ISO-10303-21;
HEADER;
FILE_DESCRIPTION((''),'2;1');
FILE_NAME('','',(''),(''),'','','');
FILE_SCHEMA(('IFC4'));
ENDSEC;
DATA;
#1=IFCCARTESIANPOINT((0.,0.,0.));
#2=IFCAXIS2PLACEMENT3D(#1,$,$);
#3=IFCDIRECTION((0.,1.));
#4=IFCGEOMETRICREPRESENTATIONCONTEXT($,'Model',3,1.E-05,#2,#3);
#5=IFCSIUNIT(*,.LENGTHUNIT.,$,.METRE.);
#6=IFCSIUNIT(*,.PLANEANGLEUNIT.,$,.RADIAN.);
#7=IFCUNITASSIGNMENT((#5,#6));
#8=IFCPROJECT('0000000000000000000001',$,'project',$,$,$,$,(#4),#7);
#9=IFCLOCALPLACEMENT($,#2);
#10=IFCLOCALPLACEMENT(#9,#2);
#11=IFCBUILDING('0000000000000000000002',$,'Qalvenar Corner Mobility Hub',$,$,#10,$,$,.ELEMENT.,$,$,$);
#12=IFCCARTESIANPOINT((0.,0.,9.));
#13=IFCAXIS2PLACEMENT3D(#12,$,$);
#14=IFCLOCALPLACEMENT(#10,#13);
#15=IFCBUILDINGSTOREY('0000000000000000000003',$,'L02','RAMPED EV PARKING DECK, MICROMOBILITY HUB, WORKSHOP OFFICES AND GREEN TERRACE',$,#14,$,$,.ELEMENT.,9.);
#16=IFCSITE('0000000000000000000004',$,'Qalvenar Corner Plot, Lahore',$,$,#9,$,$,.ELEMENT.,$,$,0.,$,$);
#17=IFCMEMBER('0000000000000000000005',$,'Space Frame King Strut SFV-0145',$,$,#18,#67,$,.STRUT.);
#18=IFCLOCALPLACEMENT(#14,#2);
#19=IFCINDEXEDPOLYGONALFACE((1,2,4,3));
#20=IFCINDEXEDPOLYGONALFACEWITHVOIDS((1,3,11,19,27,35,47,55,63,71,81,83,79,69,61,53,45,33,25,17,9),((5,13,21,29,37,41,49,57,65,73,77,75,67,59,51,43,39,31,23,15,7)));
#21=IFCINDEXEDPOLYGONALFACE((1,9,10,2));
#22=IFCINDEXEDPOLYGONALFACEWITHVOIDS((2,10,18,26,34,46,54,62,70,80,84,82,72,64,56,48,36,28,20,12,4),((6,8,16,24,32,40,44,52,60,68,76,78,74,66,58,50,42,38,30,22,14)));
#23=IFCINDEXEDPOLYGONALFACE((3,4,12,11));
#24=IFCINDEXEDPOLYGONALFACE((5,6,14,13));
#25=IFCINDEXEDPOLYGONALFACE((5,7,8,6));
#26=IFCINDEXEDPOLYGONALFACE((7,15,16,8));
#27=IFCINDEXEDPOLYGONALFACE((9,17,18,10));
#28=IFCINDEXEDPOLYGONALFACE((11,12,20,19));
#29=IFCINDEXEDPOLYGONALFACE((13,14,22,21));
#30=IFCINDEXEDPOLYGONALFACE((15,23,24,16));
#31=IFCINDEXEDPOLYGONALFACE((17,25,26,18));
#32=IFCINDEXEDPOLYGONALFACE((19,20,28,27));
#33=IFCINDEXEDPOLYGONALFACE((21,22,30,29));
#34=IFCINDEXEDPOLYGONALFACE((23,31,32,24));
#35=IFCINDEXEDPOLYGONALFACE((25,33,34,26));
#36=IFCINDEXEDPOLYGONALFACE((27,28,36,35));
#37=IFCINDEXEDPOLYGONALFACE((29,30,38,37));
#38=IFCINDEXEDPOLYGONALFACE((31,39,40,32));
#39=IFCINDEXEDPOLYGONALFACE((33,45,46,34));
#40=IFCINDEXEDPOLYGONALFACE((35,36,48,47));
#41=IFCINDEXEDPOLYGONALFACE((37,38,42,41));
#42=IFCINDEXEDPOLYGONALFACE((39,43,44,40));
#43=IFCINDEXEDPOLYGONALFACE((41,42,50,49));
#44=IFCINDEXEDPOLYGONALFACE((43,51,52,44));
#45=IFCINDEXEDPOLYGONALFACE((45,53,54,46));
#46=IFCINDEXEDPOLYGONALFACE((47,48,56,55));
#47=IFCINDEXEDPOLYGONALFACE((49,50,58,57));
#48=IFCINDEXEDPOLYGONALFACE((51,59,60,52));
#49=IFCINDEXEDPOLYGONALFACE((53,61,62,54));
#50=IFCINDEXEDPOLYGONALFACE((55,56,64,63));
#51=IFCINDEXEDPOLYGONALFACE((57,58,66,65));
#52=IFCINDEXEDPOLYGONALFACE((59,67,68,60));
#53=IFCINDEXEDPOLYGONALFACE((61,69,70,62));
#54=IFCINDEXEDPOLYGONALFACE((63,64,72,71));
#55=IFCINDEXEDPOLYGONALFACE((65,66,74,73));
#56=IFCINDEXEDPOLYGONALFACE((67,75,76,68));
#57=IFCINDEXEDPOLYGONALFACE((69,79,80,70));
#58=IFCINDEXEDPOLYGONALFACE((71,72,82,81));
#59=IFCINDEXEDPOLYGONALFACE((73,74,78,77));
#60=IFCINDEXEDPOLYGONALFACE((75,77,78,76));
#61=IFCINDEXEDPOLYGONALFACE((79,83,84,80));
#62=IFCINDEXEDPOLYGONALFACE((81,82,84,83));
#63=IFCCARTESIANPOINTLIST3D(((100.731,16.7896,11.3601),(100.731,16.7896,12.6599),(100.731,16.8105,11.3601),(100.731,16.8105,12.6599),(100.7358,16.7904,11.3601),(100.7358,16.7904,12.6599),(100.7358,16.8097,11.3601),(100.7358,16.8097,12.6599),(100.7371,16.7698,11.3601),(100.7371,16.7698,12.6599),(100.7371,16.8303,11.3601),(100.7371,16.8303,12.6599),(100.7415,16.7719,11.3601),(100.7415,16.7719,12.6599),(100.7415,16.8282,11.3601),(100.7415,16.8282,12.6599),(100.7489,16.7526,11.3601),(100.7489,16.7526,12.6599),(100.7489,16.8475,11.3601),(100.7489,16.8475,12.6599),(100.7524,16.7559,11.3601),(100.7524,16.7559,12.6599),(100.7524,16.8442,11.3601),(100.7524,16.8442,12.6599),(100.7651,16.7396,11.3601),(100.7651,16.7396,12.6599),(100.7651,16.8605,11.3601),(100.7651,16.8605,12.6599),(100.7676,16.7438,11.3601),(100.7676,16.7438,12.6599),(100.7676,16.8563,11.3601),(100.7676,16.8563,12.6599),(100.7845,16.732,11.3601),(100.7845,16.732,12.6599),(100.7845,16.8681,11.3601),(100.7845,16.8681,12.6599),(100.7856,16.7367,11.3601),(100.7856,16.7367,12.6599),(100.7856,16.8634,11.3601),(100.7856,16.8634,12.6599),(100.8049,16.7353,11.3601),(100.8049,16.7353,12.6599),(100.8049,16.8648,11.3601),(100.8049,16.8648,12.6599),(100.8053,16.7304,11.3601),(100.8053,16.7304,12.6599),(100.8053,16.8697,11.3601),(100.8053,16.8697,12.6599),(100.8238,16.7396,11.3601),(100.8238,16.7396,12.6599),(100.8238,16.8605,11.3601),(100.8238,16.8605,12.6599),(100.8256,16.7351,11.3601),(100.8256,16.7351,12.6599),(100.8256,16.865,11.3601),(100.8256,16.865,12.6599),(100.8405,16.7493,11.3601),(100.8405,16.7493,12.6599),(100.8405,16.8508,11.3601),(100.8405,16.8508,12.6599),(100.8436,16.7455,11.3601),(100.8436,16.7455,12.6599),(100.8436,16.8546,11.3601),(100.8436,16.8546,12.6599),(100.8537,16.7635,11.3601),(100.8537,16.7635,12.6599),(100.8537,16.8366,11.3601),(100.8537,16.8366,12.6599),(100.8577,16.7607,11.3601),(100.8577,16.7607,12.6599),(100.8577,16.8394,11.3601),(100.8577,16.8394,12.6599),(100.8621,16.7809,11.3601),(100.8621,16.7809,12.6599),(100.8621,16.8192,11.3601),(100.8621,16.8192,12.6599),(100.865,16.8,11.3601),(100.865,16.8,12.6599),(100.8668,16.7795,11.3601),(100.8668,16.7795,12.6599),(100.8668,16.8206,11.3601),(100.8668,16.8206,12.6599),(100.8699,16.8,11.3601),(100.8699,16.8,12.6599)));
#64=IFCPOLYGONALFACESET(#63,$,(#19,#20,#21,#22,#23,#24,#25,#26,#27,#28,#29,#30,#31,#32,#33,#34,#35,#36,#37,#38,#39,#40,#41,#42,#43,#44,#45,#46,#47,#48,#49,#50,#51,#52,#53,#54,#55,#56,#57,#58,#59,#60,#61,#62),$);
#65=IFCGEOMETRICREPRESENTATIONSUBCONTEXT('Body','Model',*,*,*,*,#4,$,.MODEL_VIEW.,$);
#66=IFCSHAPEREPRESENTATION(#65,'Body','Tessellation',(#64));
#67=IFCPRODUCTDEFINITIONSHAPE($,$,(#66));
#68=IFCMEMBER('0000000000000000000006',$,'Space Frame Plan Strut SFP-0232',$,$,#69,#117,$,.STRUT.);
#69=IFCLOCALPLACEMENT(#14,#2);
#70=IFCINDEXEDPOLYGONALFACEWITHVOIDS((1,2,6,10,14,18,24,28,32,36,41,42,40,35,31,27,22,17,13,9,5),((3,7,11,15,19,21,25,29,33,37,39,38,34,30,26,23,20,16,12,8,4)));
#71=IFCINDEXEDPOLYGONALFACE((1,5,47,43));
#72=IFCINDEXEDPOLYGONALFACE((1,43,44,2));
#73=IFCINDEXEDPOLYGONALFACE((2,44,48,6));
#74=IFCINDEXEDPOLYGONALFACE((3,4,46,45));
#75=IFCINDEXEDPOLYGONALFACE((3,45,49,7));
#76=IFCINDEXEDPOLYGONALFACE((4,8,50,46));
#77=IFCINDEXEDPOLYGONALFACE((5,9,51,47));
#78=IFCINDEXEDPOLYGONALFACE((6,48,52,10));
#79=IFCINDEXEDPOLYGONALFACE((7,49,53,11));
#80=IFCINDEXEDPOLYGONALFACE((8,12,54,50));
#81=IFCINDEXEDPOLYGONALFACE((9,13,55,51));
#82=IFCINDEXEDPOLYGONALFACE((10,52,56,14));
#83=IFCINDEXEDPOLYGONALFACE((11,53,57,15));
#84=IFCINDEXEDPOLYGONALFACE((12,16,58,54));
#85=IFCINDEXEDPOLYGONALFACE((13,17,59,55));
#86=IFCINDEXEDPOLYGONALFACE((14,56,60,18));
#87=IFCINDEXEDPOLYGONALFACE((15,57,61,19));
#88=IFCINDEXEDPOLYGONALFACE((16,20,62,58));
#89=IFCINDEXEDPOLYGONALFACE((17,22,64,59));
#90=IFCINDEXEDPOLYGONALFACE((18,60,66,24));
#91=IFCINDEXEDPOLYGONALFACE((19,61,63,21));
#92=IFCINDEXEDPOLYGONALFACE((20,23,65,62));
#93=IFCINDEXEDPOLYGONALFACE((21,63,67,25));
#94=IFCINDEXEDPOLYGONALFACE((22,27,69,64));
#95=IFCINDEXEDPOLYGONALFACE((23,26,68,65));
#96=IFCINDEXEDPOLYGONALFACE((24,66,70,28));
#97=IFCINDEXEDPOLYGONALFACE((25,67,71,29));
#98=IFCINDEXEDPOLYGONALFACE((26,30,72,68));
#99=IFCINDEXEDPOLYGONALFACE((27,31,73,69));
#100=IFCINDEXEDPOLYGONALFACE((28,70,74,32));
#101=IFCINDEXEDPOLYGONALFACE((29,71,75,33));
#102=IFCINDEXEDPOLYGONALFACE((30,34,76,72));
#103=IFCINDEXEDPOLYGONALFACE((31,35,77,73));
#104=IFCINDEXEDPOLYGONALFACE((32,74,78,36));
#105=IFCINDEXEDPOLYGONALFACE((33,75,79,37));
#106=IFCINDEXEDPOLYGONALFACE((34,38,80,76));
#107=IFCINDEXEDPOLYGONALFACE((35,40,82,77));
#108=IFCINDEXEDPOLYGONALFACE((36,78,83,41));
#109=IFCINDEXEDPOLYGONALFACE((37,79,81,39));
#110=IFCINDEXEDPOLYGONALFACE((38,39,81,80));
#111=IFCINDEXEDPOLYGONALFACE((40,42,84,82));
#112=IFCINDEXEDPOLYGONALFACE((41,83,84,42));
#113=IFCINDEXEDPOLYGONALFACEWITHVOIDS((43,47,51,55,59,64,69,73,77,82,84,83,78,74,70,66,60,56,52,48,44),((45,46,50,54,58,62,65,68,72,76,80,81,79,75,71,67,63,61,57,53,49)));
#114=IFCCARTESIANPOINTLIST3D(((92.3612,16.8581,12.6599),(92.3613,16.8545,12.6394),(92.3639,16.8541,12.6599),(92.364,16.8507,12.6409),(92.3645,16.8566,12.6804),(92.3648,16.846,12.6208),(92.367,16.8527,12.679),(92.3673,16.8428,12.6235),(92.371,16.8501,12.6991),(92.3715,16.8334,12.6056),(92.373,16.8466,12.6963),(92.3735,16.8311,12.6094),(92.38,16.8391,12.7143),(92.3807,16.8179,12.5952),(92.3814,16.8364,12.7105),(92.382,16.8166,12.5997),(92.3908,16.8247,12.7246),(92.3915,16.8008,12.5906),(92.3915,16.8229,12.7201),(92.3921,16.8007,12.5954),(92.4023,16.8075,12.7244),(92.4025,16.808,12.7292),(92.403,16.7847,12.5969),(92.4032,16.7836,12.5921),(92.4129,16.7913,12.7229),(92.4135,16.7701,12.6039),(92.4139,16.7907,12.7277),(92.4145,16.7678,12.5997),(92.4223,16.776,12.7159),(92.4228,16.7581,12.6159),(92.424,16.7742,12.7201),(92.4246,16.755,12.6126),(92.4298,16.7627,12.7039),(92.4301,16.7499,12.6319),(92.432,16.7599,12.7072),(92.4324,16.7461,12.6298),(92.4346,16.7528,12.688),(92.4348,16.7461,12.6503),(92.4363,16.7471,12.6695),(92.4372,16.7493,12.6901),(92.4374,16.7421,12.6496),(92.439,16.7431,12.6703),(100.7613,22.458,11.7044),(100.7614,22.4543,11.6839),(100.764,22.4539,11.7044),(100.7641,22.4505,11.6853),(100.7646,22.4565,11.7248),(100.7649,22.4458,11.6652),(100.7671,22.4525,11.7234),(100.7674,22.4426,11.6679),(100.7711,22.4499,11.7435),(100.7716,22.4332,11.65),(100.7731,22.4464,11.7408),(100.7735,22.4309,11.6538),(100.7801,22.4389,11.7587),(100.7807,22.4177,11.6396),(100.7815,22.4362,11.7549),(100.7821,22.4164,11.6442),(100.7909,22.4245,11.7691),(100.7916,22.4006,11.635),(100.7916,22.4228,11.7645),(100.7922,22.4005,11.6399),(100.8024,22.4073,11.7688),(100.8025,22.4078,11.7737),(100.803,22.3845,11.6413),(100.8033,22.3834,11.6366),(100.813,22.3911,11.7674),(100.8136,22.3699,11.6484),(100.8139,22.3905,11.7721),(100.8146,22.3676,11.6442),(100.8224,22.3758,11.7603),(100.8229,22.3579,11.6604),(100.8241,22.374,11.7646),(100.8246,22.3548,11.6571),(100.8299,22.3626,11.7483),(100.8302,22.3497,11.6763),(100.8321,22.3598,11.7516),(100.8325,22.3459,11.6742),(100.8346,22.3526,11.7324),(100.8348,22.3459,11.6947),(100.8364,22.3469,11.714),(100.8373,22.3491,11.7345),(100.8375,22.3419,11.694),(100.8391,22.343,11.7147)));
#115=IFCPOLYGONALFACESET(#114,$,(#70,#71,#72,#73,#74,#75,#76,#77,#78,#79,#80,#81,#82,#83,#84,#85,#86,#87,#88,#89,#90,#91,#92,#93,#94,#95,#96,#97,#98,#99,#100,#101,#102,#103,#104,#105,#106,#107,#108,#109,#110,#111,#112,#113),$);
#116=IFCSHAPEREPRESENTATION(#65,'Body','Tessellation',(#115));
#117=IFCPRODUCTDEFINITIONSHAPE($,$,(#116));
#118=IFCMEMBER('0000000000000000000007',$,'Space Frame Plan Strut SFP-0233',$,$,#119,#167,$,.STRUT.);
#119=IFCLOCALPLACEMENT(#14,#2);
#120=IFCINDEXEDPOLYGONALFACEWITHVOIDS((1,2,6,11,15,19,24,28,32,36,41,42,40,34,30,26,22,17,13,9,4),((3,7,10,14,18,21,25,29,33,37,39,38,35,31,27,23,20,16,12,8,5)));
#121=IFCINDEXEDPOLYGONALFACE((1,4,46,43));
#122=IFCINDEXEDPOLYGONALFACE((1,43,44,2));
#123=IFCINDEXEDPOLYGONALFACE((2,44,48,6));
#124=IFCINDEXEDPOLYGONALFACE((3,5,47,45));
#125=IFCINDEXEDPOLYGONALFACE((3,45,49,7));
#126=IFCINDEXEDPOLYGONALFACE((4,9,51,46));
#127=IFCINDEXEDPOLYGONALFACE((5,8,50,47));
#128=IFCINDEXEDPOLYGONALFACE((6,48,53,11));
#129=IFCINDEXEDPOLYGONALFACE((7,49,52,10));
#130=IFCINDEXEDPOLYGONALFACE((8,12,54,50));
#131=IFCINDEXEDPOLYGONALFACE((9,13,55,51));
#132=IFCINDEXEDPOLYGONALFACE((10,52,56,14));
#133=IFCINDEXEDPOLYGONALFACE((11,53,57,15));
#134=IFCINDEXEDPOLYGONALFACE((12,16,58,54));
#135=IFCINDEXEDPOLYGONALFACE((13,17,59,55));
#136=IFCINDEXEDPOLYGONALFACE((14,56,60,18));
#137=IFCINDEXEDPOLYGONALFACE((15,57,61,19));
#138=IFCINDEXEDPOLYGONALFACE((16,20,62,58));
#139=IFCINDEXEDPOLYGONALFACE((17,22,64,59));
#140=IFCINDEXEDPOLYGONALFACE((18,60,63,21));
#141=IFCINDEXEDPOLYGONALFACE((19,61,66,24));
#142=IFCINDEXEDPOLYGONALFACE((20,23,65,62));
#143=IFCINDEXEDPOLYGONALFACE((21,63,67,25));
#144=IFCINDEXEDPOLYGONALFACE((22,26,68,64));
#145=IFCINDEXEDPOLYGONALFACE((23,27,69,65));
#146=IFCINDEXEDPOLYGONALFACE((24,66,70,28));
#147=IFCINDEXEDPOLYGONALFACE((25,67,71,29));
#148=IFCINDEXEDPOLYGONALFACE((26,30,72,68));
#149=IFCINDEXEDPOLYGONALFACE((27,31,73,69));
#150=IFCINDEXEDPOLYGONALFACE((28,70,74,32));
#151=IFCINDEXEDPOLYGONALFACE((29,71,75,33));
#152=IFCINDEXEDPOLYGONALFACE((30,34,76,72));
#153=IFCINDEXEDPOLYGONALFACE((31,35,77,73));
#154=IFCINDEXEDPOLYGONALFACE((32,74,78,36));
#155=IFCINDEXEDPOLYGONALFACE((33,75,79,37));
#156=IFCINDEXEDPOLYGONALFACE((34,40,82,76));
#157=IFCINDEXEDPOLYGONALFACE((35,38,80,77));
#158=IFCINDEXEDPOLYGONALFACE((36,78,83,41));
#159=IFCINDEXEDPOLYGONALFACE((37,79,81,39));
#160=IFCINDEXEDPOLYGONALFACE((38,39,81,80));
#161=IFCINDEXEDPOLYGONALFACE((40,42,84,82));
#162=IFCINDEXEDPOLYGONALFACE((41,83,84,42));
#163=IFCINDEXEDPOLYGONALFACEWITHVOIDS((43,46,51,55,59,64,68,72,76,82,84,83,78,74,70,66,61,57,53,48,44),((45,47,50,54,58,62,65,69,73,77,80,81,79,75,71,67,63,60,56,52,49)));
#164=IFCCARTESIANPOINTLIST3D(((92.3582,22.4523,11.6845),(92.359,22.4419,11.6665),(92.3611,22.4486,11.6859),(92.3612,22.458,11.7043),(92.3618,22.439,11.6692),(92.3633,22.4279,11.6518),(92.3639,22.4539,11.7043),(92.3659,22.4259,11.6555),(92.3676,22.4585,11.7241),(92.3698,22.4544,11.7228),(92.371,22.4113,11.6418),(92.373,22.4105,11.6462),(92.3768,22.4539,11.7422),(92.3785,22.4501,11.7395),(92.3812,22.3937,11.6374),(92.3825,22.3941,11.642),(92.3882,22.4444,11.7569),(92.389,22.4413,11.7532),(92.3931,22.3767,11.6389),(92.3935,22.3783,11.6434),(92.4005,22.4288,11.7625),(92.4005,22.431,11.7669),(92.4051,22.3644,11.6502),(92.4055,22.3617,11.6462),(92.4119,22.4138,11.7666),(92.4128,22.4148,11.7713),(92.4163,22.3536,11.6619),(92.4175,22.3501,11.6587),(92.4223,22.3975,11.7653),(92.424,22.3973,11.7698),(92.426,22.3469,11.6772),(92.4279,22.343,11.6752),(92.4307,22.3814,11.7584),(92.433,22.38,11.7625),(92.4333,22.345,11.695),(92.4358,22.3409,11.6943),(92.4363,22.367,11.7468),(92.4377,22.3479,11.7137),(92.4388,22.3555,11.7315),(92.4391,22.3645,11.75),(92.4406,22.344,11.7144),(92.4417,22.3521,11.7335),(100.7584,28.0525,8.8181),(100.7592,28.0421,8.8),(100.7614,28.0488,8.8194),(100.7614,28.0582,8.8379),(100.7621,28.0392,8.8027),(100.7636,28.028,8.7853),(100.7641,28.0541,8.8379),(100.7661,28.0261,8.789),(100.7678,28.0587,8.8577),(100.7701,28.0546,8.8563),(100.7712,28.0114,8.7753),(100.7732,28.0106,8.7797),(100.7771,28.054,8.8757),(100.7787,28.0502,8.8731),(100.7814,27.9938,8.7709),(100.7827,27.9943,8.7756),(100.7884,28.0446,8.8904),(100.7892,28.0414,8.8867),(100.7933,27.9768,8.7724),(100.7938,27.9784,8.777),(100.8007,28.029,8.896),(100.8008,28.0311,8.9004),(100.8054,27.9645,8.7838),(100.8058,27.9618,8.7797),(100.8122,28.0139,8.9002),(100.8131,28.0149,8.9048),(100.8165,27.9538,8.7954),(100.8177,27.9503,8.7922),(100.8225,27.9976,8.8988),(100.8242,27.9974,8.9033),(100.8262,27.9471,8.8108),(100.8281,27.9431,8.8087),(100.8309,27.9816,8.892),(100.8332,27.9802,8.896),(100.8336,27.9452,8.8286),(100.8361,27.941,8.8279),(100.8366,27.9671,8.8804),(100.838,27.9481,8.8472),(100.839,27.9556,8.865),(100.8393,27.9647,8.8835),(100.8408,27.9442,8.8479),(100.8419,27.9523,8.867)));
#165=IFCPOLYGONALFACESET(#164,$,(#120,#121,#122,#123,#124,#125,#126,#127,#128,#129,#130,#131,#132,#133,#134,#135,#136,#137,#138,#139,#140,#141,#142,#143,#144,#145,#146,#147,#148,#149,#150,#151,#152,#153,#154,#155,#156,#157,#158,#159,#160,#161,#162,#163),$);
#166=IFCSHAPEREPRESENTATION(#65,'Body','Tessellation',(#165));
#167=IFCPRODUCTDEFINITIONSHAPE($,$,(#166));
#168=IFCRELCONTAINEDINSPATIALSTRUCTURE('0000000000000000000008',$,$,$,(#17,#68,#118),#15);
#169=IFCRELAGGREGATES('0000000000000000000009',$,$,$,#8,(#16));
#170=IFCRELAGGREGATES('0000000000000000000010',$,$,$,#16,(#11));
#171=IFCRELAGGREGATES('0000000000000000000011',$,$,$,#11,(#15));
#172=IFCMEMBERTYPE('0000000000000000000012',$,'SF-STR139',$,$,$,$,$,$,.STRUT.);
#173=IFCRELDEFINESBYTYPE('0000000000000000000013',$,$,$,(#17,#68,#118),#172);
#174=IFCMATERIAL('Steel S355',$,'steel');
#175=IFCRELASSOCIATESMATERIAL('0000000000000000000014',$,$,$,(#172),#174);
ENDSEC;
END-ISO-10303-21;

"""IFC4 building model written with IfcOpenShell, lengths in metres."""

from ifc_helpers import new_model, si_unit, direction, frame, origin, origin_2d, place, context, subcontext, project, spatial, hollow_circle, extrude, material, material_profile, profile_set, type_object, element, save


model = new_model("IFC4")

# Units and contexts
model_context = context("Model", 3, precision=1e-05, world=origin(), true_north=direction((0.0, 1.0)))
body_context = subcontext(model_context, "Body", "Model", "MODEL_VIEW")
ifc_project = project(units=[si_unit("LENGTHUNIT", "METRE"), si_unit("PLANEANGLEUNIT", "RADIAN")], contexts=[model_context])

# Site, building, storey
site_placement = place(None, origin())
site = spatial("IfcSite", under=ifc_project, at=site_placement, Name="Qalvenar Corner Plot, Lahore", CompositionType="ELEMENT", RefElevation=0.0)
building_placement = place(site_placement, origin())
building = spatial("IfcBuilding", under=site, at=building_placement, Name="Qalvenar Corner Mobility Hub", CompositionType="ELEMENT")
storey_placement = place(building_placement, frame((0.0, 0.0, 9.0)))
storey = spatial("IfcBuildingStorey", under=building, at=storey_placement, Name="L02", Description="RAMPED EV PARKING DECK, MICROMOBILITY HUB, WORKSHOP OFFICES AND GREEN TERRACE", CompositionType="ELEMENT", Elevation=9.0)

# Members
ifc_material_1 = material(Name="Steel S355", Category="steel")
ifc_material_profile_1 = material_profile(ifc_material_1, hollow_circle(Radius=0.0698, WallThickness=0.0049, at=origin_2d()), Name="CHS139.7x5")
ifc_profile_set_1 = profile_set([ifc_material_profile_1], Name="Steel S355")
member_type_1 = type_object("IfcMemberType", Name="SF-STR139", PredefinedType="STRUT", material=ifc_profile_set_1)
member_1_placement = place(storey_placement, frame((100.8, 16.8, 11.3601), z_axis=(0.0, 0.0, 1.0), x_axis=(1.0, 0.0, 0.0)))
element("IfcMember", 1, at=member_1_placement, inside=storey, type_object=member_type_1, Name="Space Frame King Strut SFV-0145", PredefinedType="STRUT", context=body_context, shape_type="SweptSolid", body=[
    extrude(hollow_circle(Radius=0.0698, WallThickness=0.0049, at=origin_2d()), origin(), (0.0, 0.0, 1.0), 1.2998),
])
member_2_placement = place(storey_placement, frame((92.3999, 16.8, 12.6599), z_axis=(0.828359, 0.552215, -0.094231), x_axis=(-0.554683, 0.832061, 0.0)))
element("IfcMember", 2, at=member_2_placement, inside=storey, type_object=member_type_1, Name="Space Frame Plan Strut SFP-0232", PredefinedType="STRUT", context=body_context, shape_type="SweptSolid", body=[
    extrude(hollow_circle(Radius=0.0698, WallThickness=0.0049, at=origin_2d()), origin(), (0.0, 0.0, 1.0), 10.1406),
])
member_3_placement = place(storey_placement, frame((92.3999, 22.3999, 11.7043), z_axis=(0.800413, 0.533609, -0.273132), x_axis=(-0.5547, 0.83205, 0.0)))
element("IfcMember", 3, at=member_3_placement, inside=storey, type_object=member_type_1, Name="Space Frame Plan Strut SFP-0233", PredefinedType="STRUT", context=body_context, shape_type="SweptSolid", body=[
    extrude(hollow_circle(Radius=0.0698, WallThickness=0.0049, at=origin_2d()), origin(), (0.0, 0.0, 1.0), 10.4949),
])

save(model, "model.ifc")
